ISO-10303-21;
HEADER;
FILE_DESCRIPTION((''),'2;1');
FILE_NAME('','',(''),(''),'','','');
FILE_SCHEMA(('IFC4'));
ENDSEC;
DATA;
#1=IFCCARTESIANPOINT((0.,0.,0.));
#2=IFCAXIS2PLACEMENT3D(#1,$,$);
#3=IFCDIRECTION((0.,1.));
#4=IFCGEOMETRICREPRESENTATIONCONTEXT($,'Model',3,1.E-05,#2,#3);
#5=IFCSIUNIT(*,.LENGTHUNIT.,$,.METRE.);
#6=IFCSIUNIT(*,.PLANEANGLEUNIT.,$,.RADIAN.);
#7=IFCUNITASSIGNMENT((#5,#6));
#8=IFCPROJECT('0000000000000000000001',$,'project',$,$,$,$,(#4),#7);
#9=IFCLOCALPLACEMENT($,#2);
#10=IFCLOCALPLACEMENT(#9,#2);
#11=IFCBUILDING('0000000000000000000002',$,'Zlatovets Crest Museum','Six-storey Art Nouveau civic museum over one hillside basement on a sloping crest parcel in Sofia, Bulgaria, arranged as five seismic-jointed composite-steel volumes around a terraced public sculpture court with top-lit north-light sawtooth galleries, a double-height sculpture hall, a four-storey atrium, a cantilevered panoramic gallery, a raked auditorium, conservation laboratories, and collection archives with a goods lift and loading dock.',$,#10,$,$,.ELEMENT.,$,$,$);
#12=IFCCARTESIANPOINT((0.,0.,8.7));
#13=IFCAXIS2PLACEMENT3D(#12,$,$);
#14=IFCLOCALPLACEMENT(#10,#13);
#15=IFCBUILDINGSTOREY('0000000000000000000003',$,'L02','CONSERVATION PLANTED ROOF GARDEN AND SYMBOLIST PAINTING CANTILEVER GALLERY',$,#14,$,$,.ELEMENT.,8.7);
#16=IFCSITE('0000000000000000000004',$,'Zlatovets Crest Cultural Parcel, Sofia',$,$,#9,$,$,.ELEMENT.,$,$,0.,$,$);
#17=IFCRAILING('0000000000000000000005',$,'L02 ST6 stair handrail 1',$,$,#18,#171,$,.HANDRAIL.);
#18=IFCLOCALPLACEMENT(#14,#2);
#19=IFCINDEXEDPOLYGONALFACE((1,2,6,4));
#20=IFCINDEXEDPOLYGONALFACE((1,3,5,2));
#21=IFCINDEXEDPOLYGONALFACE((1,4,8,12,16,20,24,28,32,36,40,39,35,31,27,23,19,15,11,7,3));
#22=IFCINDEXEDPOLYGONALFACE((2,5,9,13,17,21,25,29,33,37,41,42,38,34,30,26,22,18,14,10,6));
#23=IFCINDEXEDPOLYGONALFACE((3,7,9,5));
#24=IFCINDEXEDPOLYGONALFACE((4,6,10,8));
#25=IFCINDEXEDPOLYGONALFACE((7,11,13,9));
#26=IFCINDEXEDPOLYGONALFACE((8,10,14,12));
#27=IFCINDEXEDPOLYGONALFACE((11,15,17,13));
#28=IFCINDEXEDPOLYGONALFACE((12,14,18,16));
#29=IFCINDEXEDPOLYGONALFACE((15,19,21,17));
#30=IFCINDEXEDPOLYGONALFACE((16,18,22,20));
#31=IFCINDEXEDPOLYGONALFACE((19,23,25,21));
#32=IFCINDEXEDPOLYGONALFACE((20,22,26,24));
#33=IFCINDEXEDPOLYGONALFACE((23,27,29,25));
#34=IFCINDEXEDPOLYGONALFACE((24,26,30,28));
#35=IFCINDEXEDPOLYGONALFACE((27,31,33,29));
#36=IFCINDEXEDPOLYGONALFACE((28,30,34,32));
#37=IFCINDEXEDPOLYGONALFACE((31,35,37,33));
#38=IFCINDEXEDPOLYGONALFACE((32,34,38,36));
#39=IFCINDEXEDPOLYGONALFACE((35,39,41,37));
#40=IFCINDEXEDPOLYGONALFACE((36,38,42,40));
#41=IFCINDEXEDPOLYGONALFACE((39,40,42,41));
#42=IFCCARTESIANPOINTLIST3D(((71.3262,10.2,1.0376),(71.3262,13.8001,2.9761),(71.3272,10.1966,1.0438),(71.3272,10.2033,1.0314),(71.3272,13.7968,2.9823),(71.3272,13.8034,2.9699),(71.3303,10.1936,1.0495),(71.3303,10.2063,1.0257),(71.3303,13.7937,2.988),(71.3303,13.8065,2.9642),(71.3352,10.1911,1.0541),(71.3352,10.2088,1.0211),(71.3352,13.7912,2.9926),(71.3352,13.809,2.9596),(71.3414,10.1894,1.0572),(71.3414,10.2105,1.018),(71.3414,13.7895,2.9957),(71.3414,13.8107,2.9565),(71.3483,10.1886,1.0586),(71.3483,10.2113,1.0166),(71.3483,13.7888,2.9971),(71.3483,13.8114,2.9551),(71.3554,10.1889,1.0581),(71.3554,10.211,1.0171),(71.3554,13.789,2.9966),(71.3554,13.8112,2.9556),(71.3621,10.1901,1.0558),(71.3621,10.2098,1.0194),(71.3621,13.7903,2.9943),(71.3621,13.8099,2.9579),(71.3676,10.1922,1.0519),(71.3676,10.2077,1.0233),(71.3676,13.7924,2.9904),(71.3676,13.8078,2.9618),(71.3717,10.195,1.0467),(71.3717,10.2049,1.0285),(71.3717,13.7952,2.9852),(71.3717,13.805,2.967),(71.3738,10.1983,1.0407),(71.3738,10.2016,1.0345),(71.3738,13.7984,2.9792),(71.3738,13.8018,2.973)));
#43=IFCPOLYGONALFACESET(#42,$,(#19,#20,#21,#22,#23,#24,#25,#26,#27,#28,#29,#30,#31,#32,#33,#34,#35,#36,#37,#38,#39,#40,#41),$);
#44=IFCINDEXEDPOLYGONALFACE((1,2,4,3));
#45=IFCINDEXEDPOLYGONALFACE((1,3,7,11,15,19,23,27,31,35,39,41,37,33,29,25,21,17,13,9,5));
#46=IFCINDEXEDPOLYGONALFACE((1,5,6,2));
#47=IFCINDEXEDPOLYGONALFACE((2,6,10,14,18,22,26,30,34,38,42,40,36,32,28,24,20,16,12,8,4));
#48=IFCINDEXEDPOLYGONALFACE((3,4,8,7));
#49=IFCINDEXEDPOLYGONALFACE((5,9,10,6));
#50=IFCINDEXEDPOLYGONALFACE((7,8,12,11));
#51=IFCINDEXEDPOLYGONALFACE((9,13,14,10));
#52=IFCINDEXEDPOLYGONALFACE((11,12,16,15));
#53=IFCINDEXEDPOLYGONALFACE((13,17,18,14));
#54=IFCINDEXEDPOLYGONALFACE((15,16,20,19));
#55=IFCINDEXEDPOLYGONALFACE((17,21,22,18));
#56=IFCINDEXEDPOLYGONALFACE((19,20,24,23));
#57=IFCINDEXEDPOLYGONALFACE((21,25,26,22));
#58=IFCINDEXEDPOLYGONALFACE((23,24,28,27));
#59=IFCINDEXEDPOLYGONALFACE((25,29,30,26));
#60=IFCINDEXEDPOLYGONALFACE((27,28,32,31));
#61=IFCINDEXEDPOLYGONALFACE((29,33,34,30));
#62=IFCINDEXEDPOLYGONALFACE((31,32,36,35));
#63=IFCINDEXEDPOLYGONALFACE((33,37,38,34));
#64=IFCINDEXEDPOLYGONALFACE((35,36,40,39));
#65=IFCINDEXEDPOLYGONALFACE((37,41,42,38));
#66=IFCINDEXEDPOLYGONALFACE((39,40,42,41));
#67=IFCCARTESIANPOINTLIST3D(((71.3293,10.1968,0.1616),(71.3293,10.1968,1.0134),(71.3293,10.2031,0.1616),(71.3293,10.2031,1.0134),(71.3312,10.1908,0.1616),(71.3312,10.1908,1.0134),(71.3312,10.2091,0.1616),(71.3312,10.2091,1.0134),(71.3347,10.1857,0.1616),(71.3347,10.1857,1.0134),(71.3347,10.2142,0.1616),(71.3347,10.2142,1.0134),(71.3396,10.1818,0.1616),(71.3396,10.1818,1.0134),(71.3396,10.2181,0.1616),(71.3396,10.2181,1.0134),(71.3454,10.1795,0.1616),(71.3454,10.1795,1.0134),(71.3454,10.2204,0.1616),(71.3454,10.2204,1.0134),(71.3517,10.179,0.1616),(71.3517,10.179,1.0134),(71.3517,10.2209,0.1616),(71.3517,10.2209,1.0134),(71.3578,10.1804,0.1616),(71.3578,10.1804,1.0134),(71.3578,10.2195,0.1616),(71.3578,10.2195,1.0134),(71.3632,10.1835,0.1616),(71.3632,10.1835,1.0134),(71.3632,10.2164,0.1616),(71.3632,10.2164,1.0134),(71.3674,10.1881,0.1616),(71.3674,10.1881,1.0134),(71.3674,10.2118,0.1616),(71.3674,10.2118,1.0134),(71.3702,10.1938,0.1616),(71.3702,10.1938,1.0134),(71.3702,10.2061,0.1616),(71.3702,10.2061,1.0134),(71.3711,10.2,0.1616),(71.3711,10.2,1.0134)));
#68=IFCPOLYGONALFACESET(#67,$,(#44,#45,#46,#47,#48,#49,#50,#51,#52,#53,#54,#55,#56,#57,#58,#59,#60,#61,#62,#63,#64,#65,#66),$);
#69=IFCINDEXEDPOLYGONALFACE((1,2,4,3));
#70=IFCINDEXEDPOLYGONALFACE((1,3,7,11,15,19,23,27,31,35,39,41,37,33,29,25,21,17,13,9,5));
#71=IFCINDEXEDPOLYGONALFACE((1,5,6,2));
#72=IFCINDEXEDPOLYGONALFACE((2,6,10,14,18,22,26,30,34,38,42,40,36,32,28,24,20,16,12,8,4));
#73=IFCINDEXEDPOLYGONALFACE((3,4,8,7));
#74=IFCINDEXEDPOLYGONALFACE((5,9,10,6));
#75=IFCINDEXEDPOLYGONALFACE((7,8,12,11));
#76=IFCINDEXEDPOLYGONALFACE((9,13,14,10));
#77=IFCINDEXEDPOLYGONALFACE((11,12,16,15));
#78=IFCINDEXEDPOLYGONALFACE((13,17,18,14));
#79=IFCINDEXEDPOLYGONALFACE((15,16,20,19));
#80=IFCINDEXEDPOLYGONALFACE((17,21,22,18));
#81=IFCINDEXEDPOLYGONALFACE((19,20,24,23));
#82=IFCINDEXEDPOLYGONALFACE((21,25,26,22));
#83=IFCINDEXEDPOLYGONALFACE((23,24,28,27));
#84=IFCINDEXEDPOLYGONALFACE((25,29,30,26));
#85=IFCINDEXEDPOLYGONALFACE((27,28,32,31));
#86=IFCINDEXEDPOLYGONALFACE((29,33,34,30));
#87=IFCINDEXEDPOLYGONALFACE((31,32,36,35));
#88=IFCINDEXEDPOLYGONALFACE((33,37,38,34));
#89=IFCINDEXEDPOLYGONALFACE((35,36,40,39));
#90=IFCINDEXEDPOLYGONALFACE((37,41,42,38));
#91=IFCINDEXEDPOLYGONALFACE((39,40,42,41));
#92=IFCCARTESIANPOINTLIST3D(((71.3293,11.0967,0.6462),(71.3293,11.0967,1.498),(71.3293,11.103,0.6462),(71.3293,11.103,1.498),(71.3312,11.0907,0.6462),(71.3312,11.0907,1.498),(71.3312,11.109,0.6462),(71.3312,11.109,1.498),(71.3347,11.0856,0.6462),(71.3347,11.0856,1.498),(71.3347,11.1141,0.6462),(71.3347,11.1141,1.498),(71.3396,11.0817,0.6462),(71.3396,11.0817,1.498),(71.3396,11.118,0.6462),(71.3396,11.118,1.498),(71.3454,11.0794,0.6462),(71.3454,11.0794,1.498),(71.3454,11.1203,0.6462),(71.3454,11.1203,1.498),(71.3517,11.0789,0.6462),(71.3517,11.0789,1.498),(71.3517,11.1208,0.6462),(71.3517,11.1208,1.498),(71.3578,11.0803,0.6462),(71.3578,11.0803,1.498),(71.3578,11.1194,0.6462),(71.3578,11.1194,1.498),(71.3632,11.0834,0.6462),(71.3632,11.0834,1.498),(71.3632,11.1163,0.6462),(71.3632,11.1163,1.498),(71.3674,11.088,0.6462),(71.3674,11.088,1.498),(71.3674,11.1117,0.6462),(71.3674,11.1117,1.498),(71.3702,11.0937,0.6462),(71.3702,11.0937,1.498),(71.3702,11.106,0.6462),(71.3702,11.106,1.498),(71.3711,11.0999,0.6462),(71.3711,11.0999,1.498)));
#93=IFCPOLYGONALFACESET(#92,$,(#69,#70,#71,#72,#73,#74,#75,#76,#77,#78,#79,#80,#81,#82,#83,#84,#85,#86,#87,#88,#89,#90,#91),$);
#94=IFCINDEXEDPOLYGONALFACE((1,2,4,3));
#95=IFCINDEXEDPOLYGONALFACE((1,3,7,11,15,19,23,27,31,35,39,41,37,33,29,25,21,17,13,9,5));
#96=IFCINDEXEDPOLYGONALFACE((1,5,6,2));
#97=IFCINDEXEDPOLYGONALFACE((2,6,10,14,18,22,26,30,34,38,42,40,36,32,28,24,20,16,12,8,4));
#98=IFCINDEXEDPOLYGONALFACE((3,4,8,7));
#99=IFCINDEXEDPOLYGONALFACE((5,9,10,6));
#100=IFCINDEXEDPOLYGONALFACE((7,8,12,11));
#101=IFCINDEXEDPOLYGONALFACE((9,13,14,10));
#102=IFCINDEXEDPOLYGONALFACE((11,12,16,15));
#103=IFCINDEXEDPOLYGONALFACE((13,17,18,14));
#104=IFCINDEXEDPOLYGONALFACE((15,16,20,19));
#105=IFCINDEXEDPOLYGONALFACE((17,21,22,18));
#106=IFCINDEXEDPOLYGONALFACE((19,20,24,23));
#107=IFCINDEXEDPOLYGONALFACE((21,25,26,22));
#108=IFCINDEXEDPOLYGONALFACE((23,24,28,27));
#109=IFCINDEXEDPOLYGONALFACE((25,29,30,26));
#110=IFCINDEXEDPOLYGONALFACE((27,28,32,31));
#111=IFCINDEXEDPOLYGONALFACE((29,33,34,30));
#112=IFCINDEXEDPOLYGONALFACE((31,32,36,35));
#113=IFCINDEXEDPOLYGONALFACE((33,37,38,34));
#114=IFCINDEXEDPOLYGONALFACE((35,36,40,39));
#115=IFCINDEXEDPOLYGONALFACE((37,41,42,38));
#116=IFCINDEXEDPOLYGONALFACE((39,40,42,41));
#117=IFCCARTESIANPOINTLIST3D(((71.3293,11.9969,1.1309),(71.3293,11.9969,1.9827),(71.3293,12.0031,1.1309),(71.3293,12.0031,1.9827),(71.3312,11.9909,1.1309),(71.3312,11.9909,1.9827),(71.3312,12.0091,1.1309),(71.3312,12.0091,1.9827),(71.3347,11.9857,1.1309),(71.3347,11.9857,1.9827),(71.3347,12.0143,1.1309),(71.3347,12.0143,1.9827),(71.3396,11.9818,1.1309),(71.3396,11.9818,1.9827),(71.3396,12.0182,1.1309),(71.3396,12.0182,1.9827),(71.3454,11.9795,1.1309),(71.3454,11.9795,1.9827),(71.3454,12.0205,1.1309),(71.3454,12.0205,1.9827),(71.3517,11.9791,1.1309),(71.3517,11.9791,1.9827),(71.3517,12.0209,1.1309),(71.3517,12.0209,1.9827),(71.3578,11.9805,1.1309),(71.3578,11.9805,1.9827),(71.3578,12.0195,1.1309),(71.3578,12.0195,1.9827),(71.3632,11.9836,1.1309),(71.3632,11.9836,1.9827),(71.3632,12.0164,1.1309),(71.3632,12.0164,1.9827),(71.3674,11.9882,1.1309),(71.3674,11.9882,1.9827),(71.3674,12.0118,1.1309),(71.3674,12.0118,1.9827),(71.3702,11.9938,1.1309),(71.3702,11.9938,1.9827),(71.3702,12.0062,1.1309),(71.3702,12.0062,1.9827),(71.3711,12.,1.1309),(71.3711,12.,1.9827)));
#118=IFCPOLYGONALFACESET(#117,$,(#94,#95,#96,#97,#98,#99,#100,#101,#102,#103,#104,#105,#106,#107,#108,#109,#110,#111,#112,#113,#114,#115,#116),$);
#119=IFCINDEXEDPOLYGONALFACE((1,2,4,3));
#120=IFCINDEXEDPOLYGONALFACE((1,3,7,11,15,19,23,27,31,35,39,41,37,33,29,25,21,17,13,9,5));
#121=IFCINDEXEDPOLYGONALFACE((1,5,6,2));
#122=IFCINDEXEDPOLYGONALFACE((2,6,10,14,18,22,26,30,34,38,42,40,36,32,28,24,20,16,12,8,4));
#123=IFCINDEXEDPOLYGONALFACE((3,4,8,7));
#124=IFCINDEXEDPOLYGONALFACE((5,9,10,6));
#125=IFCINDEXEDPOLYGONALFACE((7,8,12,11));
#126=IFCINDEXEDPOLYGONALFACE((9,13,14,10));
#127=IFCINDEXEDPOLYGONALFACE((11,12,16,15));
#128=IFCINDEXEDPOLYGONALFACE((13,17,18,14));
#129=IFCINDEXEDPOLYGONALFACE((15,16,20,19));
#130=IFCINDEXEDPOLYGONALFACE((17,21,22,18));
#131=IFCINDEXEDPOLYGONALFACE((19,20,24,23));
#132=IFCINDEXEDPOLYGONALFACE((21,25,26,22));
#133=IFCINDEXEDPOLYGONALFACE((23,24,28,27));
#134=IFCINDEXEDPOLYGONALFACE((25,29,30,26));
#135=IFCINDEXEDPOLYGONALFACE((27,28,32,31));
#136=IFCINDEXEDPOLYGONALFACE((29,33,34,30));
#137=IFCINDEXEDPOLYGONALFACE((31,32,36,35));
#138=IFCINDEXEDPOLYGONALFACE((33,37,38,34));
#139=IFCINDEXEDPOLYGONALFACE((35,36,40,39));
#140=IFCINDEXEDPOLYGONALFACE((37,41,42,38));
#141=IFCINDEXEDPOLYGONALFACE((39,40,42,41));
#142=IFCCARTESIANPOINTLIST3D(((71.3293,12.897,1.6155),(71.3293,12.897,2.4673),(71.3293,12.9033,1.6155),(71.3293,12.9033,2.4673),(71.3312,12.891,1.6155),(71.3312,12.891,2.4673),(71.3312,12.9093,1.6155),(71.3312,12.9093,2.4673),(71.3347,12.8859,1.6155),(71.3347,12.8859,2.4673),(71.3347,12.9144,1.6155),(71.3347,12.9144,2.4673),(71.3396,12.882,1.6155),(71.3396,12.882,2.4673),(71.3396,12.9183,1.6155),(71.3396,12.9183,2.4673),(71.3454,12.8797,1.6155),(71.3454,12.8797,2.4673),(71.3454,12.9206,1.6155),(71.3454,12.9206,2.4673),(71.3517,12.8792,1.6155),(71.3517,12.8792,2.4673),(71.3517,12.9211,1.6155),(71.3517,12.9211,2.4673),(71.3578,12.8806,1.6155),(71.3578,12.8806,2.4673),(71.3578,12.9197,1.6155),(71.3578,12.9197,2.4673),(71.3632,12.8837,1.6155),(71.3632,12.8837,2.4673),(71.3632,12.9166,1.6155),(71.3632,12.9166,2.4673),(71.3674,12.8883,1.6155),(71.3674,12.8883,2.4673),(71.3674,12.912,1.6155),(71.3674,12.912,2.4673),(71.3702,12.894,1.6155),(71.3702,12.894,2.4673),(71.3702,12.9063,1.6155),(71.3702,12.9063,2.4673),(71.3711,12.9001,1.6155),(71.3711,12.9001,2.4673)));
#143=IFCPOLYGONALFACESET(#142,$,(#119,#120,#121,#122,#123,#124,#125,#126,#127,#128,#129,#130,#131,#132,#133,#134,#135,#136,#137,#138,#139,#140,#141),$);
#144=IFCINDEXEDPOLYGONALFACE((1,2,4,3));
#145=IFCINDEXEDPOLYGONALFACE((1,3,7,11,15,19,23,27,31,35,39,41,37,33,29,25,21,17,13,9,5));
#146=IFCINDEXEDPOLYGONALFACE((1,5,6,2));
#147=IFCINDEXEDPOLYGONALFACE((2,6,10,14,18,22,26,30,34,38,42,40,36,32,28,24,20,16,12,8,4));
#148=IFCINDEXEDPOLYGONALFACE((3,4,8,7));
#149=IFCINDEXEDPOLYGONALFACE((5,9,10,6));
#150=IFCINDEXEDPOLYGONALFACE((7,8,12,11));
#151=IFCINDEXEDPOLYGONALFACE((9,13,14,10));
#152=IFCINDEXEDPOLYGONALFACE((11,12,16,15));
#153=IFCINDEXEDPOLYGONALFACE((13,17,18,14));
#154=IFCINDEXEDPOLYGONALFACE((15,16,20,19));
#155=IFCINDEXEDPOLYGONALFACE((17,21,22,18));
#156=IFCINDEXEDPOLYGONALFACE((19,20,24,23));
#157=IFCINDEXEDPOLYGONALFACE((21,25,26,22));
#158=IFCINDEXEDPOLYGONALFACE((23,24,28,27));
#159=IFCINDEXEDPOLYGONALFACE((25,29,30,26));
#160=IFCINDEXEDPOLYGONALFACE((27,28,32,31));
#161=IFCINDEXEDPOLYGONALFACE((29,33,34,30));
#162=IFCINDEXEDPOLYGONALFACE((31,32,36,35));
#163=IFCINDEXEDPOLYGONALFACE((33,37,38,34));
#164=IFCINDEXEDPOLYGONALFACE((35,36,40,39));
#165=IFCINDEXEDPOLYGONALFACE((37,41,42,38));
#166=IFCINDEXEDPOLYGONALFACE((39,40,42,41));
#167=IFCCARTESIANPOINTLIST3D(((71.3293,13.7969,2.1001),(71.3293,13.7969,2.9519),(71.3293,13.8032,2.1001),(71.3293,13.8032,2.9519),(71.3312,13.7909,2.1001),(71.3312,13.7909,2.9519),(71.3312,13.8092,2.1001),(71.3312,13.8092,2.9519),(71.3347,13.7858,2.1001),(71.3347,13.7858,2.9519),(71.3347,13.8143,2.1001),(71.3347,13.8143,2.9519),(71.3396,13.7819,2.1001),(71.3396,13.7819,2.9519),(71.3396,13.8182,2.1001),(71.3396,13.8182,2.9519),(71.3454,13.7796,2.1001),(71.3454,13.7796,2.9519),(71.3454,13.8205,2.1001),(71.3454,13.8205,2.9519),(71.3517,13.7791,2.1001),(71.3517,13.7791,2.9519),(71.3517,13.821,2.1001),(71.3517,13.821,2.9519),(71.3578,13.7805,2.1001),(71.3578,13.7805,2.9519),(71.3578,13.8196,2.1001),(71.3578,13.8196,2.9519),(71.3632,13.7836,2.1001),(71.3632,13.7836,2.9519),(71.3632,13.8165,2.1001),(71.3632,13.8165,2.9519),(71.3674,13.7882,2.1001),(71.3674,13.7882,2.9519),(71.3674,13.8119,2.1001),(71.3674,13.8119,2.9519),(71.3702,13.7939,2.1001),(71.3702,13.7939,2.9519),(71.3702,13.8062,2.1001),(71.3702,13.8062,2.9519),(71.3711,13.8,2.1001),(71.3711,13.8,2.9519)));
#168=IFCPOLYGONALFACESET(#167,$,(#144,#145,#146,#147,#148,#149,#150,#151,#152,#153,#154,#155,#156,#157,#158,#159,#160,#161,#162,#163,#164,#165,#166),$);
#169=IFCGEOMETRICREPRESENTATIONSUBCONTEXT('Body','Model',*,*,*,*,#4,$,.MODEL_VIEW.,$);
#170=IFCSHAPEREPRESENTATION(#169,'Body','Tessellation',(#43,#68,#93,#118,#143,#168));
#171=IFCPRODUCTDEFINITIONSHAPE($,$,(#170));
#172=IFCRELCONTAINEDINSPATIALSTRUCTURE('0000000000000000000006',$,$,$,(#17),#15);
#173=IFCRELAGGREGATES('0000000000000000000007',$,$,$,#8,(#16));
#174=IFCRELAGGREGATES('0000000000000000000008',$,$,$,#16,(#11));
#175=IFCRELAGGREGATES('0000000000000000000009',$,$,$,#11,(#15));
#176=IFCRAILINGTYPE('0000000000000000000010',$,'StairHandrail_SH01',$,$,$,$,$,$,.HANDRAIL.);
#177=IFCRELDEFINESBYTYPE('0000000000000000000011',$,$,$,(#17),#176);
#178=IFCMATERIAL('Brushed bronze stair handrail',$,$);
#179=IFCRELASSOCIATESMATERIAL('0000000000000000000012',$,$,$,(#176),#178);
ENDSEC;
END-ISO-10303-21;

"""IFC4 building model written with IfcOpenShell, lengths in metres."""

from ifc_helpers import new_model, si_unit, direction, frame, origin, origin_2d, place, context, subcontext, project, spatial, circle, extrude, material, type_object, element, save


model = new_model("IFC4")

# Units and contexts
model_context = context("Model", 3, precision=1e-05, world=origin(), true_north=direction((0.0, 1.0)))
body_context = subcontext(model_context, "Body", "Model", "MODEL_VIEW")
ifc_project = project(units=[si_unit("LENGTHUNIT", "METRE"), si_unit("PLANEANGLEUNIT", "RADIAN")], contexts=[model_context])

# Site, building, storey
site_placement = place(None, origin())
site = spatial("IfcSite", under=ifc_project, at=site_placement, Name="Zlatovets Crest Cultural Parcel, Sofia", CompositionType="ELEMENT", RefElevation=0.0)
building_placement = place(site_placement, origin())
building = spatial("IfcBuilding", under=site, at=building_placement, Name="Zlatovets Crest Museum", Description="Six-storey Art Nouveau civic museum over one hillside basement on a sloping crest parcel in Sofia, Bulgaria, arranged as five seismic-jointed composite-steel volumes around a terraced public sculpture court with top-lit north-light sawtooth galleries, a double-height sculpture hall, a four-storey atrium, a cantilevered panoramic gallery, a raked auditorium, conservation laboratories, and collection archives with a goods lift and loading dock.", CompositionType="ELEMENT")
storey_placement = place(building_placement, frame((0.0, 0.0, 8.7)))
storey = spatial("IfcBuildingStorey", under=building, at=storey_placement, Name="L02", Description="CONSERVATION PLANTED ROOF GARDEN AND SYMBOLIST PAINTING CANTILEVER GALLERY", CompositionType="ELEMENT", Elevation=8.7)

# Railing
ifc_material_1 = material(Name="Brushed bronze stair handrail")
railing_type_1 = type_object("IfcRailingType", Name="StairHandrail_SH01", PredefinedType="HANDRAIL", material=ifc_material_1)
railing_1_placement = place(storey_placement, frame((71.3501, 10.2, 0.1616)))
element("IfcRailing", 1, at=railing_1_placement, inside=storey, type_object=railing_type_1, Name="L02 ST6 stair handrail 1", PredefinedType="HANDRAIL", context=body_context, shape_type="SweptSolid", body=[
    extrude(circle(Radius=0.0239, at=origin_2d()), frame((0.0, 0.0, 0.876), z_axis=(0.0, 0.880475, 0.474093), x_axis=(-1.0, 0.0, 0.0)), (0.0, 0.0, 1.0), 4.0889),
    extrude(circle(Radius=0.021, at=origin_2d()), origin(), (0.0, 0.0, 1.0), 0.8518),
    extrude(circle(Radius=0.021, at=origin_2d()), frame((0.0, 0.8999, 0.4846)), (0.0, 0.0, 1.0), 0.8518),
    extrude(circle(Radius=0.021, at=origin_2d()), frame((0.0, 1.8, 0.9692)), (0.0, 0.0, 1.0), 0.8518),
    extrude(circle(Radius=0.021, at=origin_2d()), frame((0.0, 2.7002, 1.4539)), (0.0, 0.0, 1.0), 0.8518),
    extrude(circle(Radius=0.021, at=origin_2d()), frame((0.0, 3.6001, 1.9385)), (0.0, 0.0, 1.0), 0.8518),
])

save(model, "model.ifc")
